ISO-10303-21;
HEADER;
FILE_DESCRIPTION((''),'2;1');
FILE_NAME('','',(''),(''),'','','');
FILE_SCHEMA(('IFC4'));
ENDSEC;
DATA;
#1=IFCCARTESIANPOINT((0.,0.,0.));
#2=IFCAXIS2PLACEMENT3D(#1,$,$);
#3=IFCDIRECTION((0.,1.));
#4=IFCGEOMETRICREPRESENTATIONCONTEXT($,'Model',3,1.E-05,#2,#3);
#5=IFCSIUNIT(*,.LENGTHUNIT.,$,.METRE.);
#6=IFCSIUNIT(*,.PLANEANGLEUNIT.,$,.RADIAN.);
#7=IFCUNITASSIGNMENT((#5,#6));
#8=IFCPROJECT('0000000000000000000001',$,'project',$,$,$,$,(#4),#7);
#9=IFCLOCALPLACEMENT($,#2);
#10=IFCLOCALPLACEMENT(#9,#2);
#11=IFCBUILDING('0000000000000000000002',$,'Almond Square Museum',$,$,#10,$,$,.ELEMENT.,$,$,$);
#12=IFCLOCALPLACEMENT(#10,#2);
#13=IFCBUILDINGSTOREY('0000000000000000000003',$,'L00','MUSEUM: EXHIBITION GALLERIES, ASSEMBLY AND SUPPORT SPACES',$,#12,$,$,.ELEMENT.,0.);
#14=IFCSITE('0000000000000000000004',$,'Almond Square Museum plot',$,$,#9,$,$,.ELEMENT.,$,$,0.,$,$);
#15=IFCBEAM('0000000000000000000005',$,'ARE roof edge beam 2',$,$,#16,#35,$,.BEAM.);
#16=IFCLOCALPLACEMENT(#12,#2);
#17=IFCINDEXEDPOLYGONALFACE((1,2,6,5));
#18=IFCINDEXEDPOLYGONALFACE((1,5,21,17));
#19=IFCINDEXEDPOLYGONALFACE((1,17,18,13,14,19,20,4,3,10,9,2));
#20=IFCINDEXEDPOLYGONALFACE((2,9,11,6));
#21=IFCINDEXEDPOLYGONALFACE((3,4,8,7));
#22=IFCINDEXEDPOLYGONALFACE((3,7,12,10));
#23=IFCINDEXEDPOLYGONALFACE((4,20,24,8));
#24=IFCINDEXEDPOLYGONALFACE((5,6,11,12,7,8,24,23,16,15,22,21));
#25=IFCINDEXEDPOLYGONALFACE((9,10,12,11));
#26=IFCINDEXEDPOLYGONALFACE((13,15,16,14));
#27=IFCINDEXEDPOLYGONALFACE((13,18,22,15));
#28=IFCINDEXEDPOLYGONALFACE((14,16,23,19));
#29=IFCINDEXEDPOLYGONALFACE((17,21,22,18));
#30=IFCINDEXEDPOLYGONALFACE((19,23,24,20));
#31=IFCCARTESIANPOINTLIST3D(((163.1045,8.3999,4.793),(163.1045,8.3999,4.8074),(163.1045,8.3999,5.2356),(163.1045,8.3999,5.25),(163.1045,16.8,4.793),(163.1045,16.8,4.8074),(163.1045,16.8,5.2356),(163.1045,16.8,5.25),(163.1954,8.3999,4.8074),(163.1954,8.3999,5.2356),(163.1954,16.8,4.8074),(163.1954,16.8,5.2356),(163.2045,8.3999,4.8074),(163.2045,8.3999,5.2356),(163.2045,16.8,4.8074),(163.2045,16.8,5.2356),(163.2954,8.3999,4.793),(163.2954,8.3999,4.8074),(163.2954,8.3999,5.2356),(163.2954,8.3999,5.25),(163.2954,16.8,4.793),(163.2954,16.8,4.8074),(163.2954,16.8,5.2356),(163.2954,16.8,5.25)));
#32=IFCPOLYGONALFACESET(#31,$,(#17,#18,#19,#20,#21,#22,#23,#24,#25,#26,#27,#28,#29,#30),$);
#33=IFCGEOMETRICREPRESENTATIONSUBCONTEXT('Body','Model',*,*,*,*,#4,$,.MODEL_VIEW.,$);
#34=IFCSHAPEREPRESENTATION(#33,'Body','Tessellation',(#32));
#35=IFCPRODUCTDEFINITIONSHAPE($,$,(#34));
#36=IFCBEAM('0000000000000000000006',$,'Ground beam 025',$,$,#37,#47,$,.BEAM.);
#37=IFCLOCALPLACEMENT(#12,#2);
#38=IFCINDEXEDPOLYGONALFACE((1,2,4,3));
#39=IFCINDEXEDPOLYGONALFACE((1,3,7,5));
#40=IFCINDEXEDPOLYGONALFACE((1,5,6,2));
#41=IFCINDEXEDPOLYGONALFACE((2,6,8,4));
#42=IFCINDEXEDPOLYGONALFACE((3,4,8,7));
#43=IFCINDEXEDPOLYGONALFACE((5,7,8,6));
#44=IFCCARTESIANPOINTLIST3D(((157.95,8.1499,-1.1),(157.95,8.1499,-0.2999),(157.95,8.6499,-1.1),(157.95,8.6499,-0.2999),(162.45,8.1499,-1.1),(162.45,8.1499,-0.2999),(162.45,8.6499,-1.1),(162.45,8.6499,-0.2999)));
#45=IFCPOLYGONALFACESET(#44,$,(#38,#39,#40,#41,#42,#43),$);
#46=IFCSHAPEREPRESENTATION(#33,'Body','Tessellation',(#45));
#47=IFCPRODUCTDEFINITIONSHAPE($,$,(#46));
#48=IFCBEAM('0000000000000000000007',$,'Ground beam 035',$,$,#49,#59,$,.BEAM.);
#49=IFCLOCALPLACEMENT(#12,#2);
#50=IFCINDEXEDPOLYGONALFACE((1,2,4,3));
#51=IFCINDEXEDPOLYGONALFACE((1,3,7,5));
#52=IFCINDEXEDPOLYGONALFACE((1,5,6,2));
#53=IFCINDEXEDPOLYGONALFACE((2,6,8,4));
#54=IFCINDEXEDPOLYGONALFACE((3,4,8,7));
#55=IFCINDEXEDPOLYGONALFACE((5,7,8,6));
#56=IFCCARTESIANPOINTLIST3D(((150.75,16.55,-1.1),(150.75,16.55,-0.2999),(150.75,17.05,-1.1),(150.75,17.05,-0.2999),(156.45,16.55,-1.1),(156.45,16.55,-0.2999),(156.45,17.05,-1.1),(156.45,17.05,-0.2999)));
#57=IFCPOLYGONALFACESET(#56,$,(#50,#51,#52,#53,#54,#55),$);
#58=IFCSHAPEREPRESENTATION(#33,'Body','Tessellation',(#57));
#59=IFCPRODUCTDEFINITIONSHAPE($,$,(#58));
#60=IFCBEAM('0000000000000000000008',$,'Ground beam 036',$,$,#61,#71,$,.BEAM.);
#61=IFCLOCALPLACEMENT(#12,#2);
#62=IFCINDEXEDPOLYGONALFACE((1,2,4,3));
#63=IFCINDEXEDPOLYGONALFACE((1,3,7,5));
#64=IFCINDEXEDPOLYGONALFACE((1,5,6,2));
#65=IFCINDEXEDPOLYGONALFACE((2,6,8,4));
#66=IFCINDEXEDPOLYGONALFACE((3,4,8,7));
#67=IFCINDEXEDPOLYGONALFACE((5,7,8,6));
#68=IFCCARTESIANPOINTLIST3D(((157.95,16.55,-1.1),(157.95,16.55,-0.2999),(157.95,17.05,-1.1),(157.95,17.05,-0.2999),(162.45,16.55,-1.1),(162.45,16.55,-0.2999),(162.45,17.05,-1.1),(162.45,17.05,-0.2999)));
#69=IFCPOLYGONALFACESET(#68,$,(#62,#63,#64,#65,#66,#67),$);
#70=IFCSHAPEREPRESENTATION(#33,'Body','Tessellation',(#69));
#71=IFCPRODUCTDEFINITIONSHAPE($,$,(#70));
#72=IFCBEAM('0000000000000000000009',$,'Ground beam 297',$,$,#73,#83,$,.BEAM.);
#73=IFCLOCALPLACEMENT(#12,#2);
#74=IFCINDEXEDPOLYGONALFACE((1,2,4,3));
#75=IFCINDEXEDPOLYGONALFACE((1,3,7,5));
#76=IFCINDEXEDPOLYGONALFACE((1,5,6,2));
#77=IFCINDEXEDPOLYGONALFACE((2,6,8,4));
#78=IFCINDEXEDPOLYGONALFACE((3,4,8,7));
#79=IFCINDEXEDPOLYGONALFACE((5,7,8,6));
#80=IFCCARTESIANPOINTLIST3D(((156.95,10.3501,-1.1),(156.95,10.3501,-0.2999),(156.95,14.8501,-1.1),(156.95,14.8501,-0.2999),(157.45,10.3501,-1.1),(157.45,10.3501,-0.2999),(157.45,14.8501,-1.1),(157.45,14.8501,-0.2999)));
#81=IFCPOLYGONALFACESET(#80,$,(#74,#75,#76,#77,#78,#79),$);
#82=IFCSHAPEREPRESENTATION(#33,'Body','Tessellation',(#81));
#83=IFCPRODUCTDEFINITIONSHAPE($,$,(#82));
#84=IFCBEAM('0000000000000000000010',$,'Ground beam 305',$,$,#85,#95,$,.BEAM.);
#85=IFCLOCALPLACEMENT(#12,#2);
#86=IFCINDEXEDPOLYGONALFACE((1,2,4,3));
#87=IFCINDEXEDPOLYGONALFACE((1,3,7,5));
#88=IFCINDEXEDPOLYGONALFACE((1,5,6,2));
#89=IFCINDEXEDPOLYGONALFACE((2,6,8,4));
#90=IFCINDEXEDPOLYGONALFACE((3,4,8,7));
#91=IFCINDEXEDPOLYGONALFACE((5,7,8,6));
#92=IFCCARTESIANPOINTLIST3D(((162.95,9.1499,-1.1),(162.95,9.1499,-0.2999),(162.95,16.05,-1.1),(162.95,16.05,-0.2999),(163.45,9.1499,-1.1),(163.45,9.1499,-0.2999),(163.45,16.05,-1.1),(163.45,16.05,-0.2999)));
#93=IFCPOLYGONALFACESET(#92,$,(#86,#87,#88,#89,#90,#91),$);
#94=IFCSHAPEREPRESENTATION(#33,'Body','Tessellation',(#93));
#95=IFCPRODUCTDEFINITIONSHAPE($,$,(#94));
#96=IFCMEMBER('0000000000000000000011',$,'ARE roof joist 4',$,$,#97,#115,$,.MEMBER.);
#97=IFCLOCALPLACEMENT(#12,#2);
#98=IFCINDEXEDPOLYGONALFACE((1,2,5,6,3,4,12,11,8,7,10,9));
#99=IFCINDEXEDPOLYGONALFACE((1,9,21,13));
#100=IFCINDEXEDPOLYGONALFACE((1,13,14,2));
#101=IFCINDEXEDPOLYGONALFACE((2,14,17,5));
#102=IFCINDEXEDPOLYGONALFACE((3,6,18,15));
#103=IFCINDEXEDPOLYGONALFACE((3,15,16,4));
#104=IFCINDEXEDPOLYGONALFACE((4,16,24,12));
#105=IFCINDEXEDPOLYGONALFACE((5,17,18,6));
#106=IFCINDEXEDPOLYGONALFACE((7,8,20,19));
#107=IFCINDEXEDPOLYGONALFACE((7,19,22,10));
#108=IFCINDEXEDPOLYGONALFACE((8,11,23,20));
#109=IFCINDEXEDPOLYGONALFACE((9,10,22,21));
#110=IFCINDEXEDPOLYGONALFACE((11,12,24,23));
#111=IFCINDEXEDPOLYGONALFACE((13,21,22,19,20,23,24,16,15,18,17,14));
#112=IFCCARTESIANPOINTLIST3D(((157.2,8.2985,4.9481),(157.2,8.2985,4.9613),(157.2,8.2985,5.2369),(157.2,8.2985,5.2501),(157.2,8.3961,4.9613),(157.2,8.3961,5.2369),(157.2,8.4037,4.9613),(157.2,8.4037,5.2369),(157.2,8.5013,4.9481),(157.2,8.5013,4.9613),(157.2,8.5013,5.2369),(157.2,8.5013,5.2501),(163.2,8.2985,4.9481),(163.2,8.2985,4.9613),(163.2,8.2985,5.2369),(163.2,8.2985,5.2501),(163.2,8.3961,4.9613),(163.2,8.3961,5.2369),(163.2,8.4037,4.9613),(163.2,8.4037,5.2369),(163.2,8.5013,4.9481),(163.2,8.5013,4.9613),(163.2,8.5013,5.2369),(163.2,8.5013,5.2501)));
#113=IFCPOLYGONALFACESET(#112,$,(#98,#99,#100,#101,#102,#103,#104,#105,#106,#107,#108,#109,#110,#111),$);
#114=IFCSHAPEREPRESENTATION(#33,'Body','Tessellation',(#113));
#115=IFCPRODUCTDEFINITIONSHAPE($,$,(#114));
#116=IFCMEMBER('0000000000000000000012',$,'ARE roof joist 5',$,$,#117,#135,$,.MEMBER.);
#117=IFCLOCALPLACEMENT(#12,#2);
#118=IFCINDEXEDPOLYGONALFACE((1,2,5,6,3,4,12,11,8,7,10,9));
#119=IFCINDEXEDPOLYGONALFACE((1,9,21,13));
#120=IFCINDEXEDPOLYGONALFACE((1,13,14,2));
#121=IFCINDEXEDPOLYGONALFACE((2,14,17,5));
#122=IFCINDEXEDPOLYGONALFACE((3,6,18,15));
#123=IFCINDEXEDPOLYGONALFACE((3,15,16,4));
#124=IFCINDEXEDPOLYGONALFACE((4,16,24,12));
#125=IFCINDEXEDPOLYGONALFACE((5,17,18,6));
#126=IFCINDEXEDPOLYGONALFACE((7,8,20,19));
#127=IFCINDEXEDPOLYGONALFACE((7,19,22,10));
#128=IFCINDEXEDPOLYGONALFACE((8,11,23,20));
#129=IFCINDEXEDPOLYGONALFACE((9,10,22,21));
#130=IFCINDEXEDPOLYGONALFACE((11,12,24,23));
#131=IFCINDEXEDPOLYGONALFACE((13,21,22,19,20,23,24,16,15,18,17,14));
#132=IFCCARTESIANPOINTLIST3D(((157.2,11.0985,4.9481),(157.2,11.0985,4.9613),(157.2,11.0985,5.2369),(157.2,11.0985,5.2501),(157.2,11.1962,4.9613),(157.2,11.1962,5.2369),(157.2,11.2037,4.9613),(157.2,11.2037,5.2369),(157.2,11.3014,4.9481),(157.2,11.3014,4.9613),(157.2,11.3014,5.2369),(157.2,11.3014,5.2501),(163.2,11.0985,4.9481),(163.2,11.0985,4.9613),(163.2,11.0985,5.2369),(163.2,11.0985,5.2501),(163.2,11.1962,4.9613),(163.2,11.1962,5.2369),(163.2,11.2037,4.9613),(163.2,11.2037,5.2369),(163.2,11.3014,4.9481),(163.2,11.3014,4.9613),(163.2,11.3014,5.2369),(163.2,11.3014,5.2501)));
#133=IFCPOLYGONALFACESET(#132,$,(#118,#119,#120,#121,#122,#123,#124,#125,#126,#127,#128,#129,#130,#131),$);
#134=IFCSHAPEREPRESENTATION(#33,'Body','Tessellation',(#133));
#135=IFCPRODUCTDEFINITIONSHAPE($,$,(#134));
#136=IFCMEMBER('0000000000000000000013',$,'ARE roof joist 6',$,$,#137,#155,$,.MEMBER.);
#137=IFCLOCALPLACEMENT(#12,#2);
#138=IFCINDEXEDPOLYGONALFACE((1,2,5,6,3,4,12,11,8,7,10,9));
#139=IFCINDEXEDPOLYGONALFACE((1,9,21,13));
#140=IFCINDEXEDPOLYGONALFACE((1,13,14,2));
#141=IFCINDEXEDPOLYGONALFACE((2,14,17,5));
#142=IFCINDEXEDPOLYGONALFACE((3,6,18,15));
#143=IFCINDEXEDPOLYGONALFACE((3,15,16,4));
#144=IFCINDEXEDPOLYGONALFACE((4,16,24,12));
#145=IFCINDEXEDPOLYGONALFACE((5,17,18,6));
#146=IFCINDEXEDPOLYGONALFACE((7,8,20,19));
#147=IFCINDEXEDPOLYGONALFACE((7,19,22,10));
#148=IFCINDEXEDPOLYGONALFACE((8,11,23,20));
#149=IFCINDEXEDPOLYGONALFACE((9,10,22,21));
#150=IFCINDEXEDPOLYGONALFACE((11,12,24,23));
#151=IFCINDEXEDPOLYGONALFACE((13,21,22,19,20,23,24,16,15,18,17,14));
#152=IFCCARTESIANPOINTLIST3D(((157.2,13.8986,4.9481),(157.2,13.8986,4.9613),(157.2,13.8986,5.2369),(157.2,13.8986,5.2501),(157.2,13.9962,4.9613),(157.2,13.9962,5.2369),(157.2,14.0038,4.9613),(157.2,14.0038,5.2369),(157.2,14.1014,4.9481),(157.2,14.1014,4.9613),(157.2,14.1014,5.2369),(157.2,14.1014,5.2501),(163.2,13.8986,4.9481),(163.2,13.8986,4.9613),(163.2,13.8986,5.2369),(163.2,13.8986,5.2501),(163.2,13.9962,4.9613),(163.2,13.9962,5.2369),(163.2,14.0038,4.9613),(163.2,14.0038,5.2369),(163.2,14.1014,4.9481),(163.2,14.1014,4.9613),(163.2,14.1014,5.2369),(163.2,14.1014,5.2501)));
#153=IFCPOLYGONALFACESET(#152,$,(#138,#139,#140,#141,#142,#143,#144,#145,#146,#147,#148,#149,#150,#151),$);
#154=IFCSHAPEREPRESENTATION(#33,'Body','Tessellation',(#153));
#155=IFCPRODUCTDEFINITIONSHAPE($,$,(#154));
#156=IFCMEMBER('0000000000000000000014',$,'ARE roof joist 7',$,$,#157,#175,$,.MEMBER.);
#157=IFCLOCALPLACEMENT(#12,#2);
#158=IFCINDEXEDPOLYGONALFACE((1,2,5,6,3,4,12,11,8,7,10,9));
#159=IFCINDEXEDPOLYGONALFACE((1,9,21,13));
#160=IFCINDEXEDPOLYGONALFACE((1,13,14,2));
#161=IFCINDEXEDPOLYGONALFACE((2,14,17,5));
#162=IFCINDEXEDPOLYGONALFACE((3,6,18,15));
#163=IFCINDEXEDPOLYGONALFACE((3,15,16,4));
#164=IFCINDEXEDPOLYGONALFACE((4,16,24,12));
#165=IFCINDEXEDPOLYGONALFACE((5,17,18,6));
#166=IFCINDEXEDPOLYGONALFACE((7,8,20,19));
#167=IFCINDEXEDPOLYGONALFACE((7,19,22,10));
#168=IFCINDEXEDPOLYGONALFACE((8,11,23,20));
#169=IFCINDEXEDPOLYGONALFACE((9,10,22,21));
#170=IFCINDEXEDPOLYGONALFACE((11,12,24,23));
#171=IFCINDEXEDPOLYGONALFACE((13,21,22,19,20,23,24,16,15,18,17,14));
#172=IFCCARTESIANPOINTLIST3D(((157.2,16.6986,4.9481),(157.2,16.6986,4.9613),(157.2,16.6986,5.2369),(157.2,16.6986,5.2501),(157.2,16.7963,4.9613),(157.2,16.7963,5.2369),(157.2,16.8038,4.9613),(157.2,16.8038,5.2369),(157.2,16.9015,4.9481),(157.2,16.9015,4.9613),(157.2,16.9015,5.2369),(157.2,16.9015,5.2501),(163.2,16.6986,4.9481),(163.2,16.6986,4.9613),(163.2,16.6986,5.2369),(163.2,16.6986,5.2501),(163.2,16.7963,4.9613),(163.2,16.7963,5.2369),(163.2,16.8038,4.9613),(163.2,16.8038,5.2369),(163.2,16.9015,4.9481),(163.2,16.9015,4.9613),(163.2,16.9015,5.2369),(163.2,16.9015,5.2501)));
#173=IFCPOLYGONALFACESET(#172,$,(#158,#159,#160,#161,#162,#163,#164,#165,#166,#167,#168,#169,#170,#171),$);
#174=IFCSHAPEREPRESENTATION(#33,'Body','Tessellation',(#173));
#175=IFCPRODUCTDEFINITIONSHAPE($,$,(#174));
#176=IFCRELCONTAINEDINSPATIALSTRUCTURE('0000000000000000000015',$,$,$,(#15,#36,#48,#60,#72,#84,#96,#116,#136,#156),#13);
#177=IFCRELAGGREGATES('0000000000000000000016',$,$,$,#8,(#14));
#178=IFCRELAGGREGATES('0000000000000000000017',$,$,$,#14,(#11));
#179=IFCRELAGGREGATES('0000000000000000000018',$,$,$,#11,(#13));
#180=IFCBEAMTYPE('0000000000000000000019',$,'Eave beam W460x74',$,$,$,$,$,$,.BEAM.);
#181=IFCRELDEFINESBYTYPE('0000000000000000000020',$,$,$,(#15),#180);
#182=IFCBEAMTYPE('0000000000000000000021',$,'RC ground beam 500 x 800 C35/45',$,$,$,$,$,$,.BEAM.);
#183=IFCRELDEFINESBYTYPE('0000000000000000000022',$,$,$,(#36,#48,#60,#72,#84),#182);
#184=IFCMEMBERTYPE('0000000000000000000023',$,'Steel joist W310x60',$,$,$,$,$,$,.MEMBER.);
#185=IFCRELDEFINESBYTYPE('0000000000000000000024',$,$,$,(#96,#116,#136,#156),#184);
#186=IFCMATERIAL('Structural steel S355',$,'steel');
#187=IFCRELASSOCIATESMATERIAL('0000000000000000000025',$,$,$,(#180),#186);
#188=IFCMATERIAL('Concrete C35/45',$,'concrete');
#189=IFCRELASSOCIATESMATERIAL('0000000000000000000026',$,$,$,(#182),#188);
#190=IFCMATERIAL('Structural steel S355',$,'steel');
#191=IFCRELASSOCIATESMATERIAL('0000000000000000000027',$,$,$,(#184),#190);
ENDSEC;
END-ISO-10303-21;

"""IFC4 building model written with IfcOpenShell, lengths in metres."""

from ifc_helpers import new_model, si_unit, direction, frame, origin, origin_2d, place, context, subcontext, project, spatial, rectangle, i_section, extrude, material, material_profile, profile_set, type_object, element, save


model = new_model("IFC4")

# Units and contexts
model_context = context("Model", 3, precision=1e-05, world=origin(), true_north=direction((0.0, 1.0)))
body_context = subcontext(model_context, "Body", "Model", "MODEL_VIEW")
ifc_project = project(units=[si_unit("LENGTHUNIT", "METRE"), si_unit("PLANEANGLEUNIT", "RADIAN")], contexts=[model_context])

# Site, building, storey
site_placement = place(None, origin())
site = spatial("IfcSite", under=ifc_project, at=site_placement, Name="Almond Square Museum plot", CompositionType="ELEMENT", RefElevation=0.0)
building_placement = place(site_placement, origin())
building = spatial("IfcBuilding", under=site, at=building_placement, Name="Almond Square Museum", CompositionType="ELEMENT")
storey_placement = place(building_placement, origin())
storey = spatial("IfcBuildingStorey", under=building, at=storey_placement, Name="L00", Description="MUSEUM: EXHIBITION GALLERIES, ASSEMBLY AND SUPPORT SPACES", CompositionType="ELEMENT", Elevation=0.0)

# Beams
ifc_material_1 = material(Name="Structural steel S355", Category="steel")
ifc_material_profile_1 = material_profile(ifc_material_1, i_section(OverallWidth=0.1909, OverallDepth=0.457, WebThickness=0.009, FlangeThickness=0.0144, at=origin_2d()))
ifc_profile_set_1 = profile_set([ifc_material_profile_1], Name="Structural steel S355")
beam_type_1 = type_object("IfcBeamType", Name="Eave beam W460x74", PredefinedType="BEAM", material=ifc_profile_set_1)
beam_1_placement = place(storey_placement, frame((163.2, 8.3999, 5.0215), z_axis=(0.0, 1.0, 0.0), x_axis=(-1.0, 0.0, 0.0)))
element("IfcBeam", 1, at=beam_1_placement, inside=storey, type_object=beam_type_1, Name="ARE roof edge beam 2", PredefinedType="BEAM", context=body_context, shape_type="SweptSolid", body=[
    extrude(i_section(OverallWidth=0.1909, OverallDepth=0.457, WebThickness=0.009, FlangeThickness=0.0144, at=origin_2d()), origin(), (0.0, 0.0, 1.0), 8.4001),
])
ifc_material_2 = material(Name="Concrete C35/45", Category="concrete")
ifc_material_profile_2 = material_profile(ifc_material_2, rectangle(XDim=0.5, YDim=0.8, at=origin_2d()))
ifc_profile_set_2 = profile_set([ifc_material_profile_2], Name="Concrete C35/45")
beam_type_2 = type_object("IfcBeamType", Name="RC ground beam 500 x 800 C35/45", PredefinedType="BEAM", material=ifc_profile_set_2)
beam_2_placement = place(storey_placement, frame((157.95, 8.3999, -0.7), z_axis=(1.0, 0.0, 0.0), x_axis=(0.0, 1.0, 0.0)))
element("IfcBeam", 2, at=beam_2_placement, inside=storey, type_object=beam_type_2, Name="Ground beam 025", PredefinedType="BEAM", context=body_context, shape_type="SweptSolid", body=[
    extrude(rectangle(XDim=0.5, YDim=0.8, at=origin_2d()), origin(), (0.0, 0.0, 1.0), 4.5),
])
beam_3_placement = place(storey_placement, frame((150.75, 16.8, -0.7), z_axis=(1.0, 0.0, 0.0), x_axis=(0.0, 1.0, 0.0)))
element("IfcBeam", 3, at=beam_3_placement, inside=storey, type_object=beam_type_2, Name="Ground beam 035", PredefinedType="BEAM", context=body_context, shape_type="SweptSolid", body=[
    extrude(rectangle(XDim=0.5, YDim=0.8, at=origin_2d()), origin(), (0.0, 0.0, 1.0), 5.7),
])
for number, where, z_axis, x_axis, name in (
    (4, (157.95, 16.8, -0.7), (1.0, 0.0, 0.0), (0.0, 1.0, 0.0), "Ground beam 036"),
    (5, (157.2, 10.3501, -0.7), (0.0, 1.0, 0.0), (-1.0, 0.0, 0.0), "Ground beam 297"),
):
    element("IfcBeam", number, at=place(storey_placement, frame(where, z_axis=z_axis, x_axis=x_axis)), inside=storey, type_object=beam_type_2, Name=name, PredefinedType="BEAM", context=body_context, shape_type="SweptSolid", body=[
        extrude(rectangle(XDim=0.5, YDim=0.8, at=origin_2d()), origin(), (0.0, 0.0, 1.0), 4.5),
    ])
beam_4_placement = place(storey_placement, frame((163.2, 9.1499, -0.7), z_axis=(0.0, 1.0, 0.0), x_axis=(-1.0, 0.0, 0.0)))
element("IfcBeam", 6, at=beam_4_placement, inside=storey, type_object=beam_type_2, Name="Ground beam 305", PredefinedType="BEAM", context=body_context, shape_type="SweptSolid", body=[
    extrude(rectangle(XDim=0.5, YDim=0.8, at=origin_2d()), origin(), (0.0, 0.0, 1.0), 6.9001),
])

# Members
ifc_material_3 = material(Name="Structural steel S355", Category="steel")
ifc_material_profile_3 = material_profile(ifc_material_3, i_section(OverallWidth=0.2029, OverallDepth=0.302, WebThickness=0.0076, FlangeThickness=0.0132, at=origin_2d()))
ifc_profile_set_3 = profile_set([ifc_material_profile_3], Name="Structural steel S355")
member_type = type_object("IfcMemberType", Name="Steel joist W310x60", PredefinedType="MEMBER", material=ifc_profile_set_3)
for number, where, z_axis, x_axis, name in (
    (7, (157.2, 8.3999, 5.0991), (1.0, 0.0, 0.0), (0.0, 1.0, 0.0), "ARE roof joist 4"),
    (8, (157.2, 11.2, 5.0991), (1.0, 0.0, 0.0), (0.0, 1.0, 0.0), "ARE roof joist 5"),
    (9, (157.2, 14.0, 5.0991), (1.0, 0.0, 0.0), (0.0, 1.0, 0.0), "ARE roof joist 6"),
    (10, (157.2, 16.8, 5.0991), (1.0, 0.0, 0.0), (0.0, 1.0, 0.0), "ARE roof joist 7"),
):
    element("IfcMember", number, at=place(storey_placement, frame(where, z_axis=z_axis, x_axis=x_axis)), inside=storey, type_object=member_type, Name=name, PredefinedType="MEMBER", context=body_context, shape_type="SweptSolid", body=[
        extrude(i_section(OverallWidth=0.2029, OverallDepth=0.302, WebThickness=0.0076, FlangeThickness=0.0132, at=origin_2d()), origin(), (0.0, 0.0, 1.0), 6.0),
    ])

save(model, "model.ifc")
